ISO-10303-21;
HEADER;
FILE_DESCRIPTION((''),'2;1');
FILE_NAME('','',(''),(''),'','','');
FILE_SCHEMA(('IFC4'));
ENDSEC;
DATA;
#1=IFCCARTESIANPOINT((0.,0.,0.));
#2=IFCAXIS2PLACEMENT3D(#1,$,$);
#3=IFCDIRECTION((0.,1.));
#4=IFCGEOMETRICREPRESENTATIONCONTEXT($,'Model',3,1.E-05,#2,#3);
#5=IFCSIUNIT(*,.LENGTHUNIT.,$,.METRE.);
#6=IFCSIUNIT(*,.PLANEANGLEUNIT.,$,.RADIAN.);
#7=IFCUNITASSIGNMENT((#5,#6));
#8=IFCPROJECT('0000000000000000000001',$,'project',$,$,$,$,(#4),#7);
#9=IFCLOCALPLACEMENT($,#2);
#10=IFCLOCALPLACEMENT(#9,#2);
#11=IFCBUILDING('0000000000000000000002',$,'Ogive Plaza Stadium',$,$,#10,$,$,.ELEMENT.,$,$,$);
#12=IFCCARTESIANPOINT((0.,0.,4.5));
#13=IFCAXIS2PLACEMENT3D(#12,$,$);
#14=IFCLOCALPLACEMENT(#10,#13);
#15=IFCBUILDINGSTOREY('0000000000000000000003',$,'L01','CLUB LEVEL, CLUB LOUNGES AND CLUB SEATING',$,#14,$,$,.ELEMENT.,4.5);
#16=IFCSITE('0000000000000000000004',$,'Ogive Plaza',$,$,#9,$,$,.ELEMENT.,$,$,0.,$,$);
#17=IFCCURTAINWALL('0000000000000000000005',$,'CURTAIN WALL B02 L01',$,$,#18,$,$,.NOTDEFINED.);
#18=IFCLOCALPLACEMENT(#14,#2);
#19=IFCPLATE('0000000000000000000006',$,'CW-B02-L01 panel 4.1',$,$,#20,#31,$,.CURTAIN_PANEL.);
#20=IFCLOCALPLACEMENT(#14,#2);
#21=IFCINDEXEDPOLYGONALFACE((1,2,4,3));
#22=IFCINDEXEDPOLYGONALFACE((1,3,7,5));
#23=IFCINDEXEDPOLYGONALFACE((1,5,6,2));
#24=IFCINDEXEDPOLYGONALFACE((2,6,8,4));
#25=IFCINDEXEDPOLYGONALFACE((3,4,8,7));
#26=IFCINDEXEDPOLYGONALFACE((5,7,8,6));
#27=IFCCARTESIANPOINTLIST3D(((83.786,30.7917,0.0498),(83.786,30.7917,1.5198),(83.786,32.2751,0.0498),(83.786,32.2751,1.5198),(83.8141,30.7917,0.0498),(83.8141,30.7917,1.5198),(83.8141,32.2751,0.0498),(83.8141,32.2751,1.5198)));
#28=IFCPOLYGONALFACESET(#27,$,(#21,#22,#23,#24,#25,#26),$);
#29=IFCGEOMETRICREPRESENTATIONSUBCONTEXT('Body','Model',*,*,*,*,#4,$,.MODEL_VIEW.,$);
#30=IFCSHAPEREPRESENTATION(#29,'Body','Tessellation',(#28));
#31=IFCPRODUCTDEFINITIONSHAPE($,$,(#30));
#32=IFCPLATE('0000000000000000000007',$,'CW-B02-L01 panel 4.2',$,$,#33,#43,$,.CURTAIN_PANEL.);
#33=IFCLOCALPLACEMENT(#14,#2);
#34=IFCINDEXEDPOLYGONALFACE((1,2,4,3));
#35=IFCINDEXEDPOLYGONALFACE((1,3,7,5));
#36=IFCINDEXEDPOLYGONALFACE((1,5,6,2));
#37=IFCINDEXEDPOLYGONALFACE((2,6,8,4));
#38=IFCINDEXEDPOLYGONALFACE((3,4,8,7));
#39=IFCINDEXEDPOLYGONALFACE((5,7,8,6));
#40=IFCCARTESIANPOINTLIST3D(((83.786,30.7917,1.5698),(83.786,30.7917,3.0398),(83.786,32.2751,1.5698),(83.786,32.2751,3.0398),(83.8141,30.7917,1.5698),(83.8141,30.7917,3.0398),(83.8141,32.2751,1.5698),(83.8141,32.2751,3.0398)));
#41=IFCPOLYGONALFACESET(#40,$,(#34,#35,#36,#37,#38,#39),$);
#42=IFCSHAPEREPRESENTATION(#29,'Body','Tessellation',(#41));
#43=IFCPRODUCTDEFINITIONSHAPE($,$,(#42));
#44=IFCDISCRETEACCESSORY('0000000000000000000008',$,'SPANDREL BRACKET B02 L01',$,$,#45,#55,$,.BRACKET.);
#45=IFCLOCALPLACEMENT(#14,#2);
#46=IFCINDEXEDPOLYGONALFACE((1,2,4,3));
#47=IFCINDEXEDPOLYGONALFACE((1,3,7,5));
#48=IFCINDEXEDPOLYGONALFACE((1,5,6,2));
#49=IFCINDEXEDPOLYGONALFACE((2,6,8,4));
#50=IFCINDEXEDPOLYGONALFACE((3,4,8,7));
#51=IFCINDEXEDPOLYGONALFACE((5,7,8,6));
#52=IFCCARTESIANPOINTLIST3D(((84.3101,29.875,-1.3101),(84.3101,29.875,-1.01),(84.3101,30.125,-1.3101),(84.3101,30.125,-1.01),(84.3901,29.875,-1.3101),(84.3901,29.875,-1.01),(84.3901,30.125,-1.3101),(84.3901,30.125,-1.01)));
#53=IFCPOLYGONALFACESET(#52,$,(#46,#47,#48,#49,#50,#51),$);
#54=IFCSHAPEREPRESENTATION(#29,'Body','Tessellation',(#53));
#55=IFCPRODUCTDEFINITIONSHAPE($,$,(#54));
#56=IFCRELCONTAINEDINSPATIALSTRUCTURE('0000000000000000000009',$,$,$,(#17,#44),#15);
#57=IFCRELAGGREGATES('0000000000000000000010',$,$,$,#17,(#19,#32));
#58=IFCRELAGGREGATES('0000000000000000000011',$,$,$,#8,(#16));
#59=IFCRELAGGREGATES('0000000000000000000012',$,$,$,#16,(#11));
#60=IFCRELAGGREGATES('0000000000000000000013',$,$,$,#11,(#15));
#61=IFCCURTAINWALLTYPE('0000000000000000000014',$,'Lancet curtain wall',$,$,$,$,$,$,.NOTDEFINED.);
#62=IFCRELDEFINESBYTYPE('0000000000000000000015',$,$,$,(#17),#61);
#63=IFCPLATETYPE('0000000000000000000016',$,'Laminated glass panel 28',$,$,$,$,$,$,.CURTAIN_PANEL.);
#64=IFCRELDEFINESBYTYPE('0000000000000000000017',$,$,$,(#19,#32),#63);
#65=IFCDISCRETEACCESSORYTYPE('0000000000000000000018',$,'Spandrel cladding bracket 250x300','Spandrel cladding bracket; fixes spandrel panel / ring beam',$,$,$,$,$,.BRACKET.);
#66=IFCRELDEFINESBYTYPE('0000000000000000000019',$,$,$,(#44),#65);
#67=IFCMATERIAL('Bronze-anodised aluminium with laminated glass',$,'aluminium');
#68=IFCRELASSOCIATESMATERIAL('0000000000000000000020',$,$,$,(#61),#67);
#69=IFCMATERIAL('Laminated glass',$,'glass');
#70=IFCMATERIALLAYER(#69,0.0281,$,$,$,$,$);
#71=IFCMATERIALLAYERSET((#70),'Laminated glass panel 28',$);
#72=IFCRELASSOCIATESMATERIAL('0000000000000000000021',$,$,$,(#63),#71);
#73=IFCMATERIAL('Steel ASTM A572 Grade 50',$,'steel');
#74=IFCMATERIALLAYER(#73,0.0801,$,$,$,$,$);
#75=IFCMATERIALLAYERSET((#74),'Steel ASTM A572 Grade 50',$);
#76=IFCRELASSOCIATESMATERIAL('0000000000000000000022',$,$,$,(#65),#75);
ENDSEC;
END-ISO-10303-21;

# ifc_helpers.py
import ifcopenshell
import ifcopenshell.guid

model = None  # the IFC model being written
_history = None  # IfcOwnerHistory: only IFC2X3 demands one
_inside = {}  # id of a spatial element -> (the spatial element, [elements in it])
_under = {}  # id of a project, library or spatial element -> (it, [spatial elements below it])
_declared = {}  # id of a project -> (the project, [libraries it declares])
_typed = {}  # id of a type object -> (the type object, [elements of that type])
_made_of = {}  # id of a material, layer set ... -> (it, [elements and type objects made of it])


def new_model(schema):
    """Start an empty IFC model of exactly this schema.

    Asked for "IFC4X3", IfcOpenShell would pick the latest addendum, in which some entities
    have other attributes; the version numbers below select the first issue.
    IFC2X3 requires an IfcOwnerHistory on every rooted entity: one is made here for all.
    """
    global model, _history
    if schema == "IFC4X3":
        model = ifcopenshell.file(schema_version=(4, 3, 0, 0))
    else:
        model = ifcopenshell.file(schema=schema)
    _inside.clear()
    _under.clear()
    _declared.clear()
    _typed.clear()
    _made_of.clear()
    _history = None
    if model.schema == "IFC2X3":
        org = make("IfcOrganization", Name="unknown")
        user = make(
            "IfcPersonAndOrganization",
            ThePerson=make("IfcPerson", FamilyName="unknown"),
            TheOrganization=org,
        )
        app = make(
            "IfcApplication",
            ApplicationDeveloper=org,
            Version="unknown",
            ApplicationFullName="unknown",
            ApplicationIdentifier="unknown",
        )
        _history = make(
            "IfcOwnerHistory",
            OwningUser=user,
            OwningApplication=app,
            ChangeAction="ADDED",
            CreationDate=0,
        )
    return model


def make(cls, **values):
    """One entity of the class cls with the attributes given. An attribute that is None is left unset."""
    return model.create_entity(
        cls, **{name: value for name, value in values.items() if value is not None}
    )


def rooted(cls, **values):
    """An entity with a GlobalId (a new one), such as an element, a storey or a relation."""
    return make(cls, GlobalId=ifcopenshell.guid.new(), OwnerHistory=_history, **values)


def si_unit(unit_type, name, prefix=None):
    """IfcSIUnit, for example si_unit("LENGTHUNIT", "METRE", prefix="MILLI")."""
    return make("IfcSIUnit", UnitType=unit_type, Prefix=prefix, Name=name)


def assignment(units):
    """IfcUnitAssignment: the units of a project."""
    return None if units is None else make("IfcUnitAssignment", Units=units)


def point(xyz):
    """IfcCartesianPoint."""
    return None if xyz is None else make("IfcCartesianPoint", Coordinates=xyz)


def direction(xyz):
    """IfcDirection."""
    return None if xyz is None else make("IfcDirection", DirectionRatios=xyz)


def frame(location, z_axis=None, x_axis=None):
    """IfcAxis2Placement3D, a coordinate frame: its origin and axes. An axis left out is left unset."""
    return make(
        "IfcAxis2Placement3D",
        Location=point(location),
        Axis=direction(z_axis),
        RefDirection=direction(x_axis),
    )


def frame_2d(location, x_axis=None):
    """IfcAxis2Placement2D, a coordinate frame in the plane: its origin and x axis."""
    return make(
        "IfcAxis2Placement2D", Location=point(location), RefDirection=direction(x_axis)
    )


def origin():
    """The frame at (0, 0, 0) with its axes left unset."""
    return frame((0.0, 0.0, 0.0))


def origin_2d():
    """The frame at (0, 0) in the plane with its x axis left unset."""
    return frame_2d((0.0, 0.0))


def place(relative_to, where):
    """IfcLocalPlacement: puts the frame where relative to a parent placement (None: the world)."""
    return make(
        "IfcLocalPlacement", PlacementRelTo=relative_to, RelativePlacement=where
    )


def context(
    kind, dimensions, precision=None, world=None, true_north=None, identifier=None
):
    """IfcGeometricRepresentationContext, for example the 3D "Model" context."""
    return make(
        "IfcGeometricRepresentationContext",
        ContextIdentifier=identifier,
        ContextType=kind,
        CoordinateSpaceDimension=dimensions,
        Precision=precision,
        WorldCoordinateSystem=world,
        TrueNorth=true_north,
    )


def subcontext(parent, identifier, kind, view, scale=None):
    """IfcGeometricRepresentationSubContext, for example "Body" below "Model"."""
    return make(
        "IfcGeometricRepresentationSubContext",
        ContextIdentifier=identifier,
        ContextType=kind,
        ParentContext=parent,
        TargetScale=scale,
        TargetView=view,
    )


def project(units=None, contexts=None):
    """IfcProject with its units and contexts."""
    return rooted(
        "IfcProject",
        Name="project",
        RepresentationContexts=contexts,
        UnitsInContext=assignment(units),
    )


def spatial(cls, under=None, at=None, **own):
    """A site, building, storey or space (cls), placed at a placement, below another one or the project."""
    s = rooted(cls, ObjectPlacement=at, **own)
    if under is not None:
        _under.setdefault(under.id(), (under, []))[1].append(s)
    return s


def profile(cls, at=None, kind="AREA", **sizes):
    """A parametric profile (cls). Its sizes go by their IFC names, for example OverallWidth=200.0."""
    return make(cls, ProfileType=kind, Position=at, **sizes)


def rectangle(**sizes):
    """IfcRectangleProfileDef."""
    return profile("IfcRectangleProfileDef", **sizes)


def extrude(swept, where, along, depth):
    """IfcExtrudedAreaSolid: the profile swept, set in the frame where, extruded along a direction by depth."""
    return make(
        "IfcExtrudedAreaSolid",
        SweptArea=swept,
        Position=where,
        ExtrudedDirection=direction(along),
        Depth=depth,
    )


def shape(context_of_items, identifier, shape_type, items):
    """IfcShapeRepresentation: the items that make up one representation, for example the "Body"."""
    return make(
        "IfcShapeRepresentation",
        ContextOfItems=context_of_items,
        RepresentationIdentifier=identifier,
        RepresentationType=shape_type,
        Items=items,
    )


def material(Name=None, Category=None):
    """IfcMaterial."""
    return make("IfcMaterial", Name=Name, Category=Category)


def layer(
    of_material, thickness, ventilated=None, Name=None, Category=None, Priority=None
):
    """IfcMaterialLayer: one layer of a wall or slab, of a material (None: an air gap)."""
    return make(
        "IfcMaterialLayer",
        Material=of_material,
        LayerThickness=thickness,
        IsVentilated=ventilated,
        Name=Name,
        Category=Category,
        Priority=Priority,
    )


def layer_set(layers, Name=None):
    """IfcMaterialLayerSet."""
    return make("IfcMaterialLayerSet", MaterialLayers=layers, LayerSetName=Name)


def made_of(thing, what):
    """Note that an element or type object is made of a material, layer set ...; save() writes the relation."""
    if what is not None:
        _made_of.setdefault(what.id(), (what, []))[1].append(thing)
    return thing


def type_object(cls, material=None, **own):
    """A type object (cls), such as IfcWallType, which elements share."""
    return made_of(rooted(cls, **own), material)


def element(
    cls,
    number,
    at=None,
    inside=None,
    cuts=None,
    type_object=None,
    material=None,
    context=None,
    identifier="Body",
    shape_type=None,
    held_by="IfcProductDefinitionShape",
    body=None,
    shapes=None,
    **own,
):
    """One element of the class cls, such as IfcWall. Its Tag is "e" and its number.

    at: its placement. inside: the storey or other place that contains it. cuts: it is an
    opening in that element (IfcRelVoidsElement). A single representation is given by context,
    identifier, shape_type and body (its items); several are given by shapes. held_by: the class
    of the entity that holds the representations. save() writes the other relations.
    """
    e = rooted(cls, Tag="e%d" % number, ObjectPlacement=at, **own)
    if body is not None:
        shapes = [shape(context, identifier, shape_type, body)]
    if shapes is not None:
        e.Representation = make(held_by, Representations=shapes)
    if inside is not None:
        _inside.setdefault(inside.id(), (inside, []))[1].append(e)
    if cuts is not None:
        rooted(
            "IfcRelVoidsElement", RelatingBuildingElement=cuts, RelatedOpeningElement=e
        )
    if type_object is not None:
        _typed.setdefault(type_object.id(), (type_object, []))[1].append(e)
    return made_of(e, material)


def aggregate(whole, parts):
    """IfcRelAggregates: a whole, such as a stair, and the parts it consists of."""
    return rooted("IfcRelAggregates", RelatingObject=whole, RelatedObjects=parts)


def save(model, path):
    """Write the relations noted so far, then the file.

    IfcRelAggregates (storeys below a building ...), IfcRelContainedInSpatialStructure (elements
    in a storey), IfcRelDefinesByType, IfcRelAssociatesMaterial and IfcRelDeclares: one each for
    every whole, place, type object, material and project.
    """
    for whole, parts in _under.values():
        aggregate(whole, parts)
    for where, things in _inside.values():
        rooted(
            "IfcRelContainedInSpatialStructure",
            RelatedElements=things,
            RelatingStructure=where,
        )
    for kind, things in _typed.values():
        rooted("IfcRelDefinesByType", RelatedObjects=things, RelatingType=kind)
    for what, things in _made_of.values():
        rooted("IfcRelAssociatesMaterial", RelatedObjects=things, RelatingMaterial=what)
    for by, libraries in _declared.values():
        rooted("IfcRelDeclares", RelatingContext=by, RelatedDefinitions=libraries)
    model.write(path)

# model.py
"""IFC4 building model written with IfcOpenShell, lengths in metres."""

from ifc_helpers import new_model, si_unit, direction, frame, origin, origin_2d, place, context, subcontext, project, spatial, rectangle, extrude, material, layer, layer_set, type_object, element, aggregate, save


model = new_model("IFC4")

# Units and contexts
model_context = context("Model", 3, precision=1e-05, world=origin(), true_north=direction((0.0, 1.0)))
body_context = subcontext(model_context, "Body", "Model", "MODEL_VIEW")
ifc_project = project(units=[si_unit("LENGTHUNIT", "METRE"), si_unit("PLANEANGLEUNIT", "RADIAN")], contexts=[model_context])

# Site, building, storey
site_placement = place(None, origin())
site = spatial("IfcSite", under=ifc_project, at=site_placement, Name="Ogive Plaza", CompositionType="ELEMENT", RefElevation=0.0)
building_placement = place(site_placement, origin())
building = spatial("IfcBuilding", under=site, at=building_placement, Name="Ogive Plaza Stadium", CompositionType="ELEMENT")
storey_placement = place(building_placement, frame((0.0, 0.0, 4.5)))
storey = spatial("IfcBuildingStorey", under=building, at=storey_placement, Name="L01", Description="CLUB LEVEL, CLUB LOUNGES AND CLUB SEATING", CompositionType="ELEMENT", Elevation=4.5)

# Curtain wall
ifc_material_1 = material(Name="Bronze-anodised aluminium with laminated glass", Category="aluminium")
curtain_wall_type = type_object("IfcCurtainWallType", Name="Lancet curtain wall", PredefinedType="NOTDEFINED", material=ifc_material_1)
curtain_wall_placement = place(storey_placement, origin())
curtain_wall = element("IfcCurtainWall", 1, at=curtain_wall_placement, inside=storey, type_object=curtain_wall_type, Name="CURTAIN WALL B02 L01", PredefinedType="NOTDEFINED")

# Plates
ifc_material_2 = material(Name="Laminated glass", Category="glass")
ifc_layer_1 = layer(ifc_material_2, 0.0281)
ifc_layer_set_1 = layer_set([ifc_layer_1], Name="Laminated glass panel 28")
plate_type = type_object("IfcPlateType", Name="Laminated glass panel 28", PredefinedType="CURTAIN_PANEL", material=ifc_layer_set_1)
plate_1_placement = place(storey_placement, frame((83.8, 31.5334, 0.0498), z_axis=(0.0, 0.0, 1.0), x_axis=(0.0, -1.0, 0.0)))
plate_1 = element("IfcPlate", 2, at=plate_1_placement, type_object=plate_type, Name="CW-B02-L01 panel 4.1", PredefinedType="CURTAIN_PANEL", context=body_context, shape_type="SweptSolid", body=[
    extrude(rectangle(XDim=1.4834, YDim=0.0281, at=origin_2d()), origin(), (0.0, 0.0, 1.0), 1.47),
])
plate_2_placement = place(storey_placement, frame((83.8, 31.5334, 1.5698), z_axis=(0.0, 0.0, 1.0), x_axis=(0.0, -1.0, 0.0)))
plate_2 = element("IfcPlate", 3, at=plate_2_placement, type_object=plate_type, Name="CW-B02-L01 panel 4.2", PredefinedType="CURTAIN_PANEL", context=body_context, shape_type="SweptSolid", body=[
    extrude(rectangle(XDim=1.4834, YDim=0.0281, at=origin_2d()), origin(), (0.0, 0.0, 1.0), 1.47),
])
aggregate(curtain_wall, [plate_1, plate_2])

# Discrete accessory
ifc_material_3 = material(Name="Steel ASTM A572 Grade 50", Category="steel")
ifc_layer_2 = layer(ifc_material_3, 0.0801)
ifc_layer_set_2 = layer_set([ifc_layer_2], Name="Steel ASTM A572 Grade 50")
discrete_accessory_type = type_object("IfcDiscreteAccessoryType", Name="Spandrel cladding bracket 250x300", Description="Spandrel cladding bracket; fixes spandrel panel / ring beam", PredefinedType="BRACKET", material=ifc_layer_set_2)
discrete_accessory_placement = place(storey_placement, frame((84.3501, 30.0, -1.3101), z_axis=(0.0, 0.0, 1.0), x_axis=(0.0, -1.0, 0.0)))
element("IfcDiscreteAccessory", 4, at=discrete_accessory_placement, inside=storey, type_object=discrete_accessory_type, Name="SPANDREL BRACKET B02 L01", PredefinedType="BRACKET", context=body_context, shape_type="SweptSolid", body=[
    extrude(rectangle(XDim=0.25, YDim=0.0801, at=origin_2d()), origin(), (0.0, 0.0, 1.0), 0.3),
])

save(model, "model.ifc")
